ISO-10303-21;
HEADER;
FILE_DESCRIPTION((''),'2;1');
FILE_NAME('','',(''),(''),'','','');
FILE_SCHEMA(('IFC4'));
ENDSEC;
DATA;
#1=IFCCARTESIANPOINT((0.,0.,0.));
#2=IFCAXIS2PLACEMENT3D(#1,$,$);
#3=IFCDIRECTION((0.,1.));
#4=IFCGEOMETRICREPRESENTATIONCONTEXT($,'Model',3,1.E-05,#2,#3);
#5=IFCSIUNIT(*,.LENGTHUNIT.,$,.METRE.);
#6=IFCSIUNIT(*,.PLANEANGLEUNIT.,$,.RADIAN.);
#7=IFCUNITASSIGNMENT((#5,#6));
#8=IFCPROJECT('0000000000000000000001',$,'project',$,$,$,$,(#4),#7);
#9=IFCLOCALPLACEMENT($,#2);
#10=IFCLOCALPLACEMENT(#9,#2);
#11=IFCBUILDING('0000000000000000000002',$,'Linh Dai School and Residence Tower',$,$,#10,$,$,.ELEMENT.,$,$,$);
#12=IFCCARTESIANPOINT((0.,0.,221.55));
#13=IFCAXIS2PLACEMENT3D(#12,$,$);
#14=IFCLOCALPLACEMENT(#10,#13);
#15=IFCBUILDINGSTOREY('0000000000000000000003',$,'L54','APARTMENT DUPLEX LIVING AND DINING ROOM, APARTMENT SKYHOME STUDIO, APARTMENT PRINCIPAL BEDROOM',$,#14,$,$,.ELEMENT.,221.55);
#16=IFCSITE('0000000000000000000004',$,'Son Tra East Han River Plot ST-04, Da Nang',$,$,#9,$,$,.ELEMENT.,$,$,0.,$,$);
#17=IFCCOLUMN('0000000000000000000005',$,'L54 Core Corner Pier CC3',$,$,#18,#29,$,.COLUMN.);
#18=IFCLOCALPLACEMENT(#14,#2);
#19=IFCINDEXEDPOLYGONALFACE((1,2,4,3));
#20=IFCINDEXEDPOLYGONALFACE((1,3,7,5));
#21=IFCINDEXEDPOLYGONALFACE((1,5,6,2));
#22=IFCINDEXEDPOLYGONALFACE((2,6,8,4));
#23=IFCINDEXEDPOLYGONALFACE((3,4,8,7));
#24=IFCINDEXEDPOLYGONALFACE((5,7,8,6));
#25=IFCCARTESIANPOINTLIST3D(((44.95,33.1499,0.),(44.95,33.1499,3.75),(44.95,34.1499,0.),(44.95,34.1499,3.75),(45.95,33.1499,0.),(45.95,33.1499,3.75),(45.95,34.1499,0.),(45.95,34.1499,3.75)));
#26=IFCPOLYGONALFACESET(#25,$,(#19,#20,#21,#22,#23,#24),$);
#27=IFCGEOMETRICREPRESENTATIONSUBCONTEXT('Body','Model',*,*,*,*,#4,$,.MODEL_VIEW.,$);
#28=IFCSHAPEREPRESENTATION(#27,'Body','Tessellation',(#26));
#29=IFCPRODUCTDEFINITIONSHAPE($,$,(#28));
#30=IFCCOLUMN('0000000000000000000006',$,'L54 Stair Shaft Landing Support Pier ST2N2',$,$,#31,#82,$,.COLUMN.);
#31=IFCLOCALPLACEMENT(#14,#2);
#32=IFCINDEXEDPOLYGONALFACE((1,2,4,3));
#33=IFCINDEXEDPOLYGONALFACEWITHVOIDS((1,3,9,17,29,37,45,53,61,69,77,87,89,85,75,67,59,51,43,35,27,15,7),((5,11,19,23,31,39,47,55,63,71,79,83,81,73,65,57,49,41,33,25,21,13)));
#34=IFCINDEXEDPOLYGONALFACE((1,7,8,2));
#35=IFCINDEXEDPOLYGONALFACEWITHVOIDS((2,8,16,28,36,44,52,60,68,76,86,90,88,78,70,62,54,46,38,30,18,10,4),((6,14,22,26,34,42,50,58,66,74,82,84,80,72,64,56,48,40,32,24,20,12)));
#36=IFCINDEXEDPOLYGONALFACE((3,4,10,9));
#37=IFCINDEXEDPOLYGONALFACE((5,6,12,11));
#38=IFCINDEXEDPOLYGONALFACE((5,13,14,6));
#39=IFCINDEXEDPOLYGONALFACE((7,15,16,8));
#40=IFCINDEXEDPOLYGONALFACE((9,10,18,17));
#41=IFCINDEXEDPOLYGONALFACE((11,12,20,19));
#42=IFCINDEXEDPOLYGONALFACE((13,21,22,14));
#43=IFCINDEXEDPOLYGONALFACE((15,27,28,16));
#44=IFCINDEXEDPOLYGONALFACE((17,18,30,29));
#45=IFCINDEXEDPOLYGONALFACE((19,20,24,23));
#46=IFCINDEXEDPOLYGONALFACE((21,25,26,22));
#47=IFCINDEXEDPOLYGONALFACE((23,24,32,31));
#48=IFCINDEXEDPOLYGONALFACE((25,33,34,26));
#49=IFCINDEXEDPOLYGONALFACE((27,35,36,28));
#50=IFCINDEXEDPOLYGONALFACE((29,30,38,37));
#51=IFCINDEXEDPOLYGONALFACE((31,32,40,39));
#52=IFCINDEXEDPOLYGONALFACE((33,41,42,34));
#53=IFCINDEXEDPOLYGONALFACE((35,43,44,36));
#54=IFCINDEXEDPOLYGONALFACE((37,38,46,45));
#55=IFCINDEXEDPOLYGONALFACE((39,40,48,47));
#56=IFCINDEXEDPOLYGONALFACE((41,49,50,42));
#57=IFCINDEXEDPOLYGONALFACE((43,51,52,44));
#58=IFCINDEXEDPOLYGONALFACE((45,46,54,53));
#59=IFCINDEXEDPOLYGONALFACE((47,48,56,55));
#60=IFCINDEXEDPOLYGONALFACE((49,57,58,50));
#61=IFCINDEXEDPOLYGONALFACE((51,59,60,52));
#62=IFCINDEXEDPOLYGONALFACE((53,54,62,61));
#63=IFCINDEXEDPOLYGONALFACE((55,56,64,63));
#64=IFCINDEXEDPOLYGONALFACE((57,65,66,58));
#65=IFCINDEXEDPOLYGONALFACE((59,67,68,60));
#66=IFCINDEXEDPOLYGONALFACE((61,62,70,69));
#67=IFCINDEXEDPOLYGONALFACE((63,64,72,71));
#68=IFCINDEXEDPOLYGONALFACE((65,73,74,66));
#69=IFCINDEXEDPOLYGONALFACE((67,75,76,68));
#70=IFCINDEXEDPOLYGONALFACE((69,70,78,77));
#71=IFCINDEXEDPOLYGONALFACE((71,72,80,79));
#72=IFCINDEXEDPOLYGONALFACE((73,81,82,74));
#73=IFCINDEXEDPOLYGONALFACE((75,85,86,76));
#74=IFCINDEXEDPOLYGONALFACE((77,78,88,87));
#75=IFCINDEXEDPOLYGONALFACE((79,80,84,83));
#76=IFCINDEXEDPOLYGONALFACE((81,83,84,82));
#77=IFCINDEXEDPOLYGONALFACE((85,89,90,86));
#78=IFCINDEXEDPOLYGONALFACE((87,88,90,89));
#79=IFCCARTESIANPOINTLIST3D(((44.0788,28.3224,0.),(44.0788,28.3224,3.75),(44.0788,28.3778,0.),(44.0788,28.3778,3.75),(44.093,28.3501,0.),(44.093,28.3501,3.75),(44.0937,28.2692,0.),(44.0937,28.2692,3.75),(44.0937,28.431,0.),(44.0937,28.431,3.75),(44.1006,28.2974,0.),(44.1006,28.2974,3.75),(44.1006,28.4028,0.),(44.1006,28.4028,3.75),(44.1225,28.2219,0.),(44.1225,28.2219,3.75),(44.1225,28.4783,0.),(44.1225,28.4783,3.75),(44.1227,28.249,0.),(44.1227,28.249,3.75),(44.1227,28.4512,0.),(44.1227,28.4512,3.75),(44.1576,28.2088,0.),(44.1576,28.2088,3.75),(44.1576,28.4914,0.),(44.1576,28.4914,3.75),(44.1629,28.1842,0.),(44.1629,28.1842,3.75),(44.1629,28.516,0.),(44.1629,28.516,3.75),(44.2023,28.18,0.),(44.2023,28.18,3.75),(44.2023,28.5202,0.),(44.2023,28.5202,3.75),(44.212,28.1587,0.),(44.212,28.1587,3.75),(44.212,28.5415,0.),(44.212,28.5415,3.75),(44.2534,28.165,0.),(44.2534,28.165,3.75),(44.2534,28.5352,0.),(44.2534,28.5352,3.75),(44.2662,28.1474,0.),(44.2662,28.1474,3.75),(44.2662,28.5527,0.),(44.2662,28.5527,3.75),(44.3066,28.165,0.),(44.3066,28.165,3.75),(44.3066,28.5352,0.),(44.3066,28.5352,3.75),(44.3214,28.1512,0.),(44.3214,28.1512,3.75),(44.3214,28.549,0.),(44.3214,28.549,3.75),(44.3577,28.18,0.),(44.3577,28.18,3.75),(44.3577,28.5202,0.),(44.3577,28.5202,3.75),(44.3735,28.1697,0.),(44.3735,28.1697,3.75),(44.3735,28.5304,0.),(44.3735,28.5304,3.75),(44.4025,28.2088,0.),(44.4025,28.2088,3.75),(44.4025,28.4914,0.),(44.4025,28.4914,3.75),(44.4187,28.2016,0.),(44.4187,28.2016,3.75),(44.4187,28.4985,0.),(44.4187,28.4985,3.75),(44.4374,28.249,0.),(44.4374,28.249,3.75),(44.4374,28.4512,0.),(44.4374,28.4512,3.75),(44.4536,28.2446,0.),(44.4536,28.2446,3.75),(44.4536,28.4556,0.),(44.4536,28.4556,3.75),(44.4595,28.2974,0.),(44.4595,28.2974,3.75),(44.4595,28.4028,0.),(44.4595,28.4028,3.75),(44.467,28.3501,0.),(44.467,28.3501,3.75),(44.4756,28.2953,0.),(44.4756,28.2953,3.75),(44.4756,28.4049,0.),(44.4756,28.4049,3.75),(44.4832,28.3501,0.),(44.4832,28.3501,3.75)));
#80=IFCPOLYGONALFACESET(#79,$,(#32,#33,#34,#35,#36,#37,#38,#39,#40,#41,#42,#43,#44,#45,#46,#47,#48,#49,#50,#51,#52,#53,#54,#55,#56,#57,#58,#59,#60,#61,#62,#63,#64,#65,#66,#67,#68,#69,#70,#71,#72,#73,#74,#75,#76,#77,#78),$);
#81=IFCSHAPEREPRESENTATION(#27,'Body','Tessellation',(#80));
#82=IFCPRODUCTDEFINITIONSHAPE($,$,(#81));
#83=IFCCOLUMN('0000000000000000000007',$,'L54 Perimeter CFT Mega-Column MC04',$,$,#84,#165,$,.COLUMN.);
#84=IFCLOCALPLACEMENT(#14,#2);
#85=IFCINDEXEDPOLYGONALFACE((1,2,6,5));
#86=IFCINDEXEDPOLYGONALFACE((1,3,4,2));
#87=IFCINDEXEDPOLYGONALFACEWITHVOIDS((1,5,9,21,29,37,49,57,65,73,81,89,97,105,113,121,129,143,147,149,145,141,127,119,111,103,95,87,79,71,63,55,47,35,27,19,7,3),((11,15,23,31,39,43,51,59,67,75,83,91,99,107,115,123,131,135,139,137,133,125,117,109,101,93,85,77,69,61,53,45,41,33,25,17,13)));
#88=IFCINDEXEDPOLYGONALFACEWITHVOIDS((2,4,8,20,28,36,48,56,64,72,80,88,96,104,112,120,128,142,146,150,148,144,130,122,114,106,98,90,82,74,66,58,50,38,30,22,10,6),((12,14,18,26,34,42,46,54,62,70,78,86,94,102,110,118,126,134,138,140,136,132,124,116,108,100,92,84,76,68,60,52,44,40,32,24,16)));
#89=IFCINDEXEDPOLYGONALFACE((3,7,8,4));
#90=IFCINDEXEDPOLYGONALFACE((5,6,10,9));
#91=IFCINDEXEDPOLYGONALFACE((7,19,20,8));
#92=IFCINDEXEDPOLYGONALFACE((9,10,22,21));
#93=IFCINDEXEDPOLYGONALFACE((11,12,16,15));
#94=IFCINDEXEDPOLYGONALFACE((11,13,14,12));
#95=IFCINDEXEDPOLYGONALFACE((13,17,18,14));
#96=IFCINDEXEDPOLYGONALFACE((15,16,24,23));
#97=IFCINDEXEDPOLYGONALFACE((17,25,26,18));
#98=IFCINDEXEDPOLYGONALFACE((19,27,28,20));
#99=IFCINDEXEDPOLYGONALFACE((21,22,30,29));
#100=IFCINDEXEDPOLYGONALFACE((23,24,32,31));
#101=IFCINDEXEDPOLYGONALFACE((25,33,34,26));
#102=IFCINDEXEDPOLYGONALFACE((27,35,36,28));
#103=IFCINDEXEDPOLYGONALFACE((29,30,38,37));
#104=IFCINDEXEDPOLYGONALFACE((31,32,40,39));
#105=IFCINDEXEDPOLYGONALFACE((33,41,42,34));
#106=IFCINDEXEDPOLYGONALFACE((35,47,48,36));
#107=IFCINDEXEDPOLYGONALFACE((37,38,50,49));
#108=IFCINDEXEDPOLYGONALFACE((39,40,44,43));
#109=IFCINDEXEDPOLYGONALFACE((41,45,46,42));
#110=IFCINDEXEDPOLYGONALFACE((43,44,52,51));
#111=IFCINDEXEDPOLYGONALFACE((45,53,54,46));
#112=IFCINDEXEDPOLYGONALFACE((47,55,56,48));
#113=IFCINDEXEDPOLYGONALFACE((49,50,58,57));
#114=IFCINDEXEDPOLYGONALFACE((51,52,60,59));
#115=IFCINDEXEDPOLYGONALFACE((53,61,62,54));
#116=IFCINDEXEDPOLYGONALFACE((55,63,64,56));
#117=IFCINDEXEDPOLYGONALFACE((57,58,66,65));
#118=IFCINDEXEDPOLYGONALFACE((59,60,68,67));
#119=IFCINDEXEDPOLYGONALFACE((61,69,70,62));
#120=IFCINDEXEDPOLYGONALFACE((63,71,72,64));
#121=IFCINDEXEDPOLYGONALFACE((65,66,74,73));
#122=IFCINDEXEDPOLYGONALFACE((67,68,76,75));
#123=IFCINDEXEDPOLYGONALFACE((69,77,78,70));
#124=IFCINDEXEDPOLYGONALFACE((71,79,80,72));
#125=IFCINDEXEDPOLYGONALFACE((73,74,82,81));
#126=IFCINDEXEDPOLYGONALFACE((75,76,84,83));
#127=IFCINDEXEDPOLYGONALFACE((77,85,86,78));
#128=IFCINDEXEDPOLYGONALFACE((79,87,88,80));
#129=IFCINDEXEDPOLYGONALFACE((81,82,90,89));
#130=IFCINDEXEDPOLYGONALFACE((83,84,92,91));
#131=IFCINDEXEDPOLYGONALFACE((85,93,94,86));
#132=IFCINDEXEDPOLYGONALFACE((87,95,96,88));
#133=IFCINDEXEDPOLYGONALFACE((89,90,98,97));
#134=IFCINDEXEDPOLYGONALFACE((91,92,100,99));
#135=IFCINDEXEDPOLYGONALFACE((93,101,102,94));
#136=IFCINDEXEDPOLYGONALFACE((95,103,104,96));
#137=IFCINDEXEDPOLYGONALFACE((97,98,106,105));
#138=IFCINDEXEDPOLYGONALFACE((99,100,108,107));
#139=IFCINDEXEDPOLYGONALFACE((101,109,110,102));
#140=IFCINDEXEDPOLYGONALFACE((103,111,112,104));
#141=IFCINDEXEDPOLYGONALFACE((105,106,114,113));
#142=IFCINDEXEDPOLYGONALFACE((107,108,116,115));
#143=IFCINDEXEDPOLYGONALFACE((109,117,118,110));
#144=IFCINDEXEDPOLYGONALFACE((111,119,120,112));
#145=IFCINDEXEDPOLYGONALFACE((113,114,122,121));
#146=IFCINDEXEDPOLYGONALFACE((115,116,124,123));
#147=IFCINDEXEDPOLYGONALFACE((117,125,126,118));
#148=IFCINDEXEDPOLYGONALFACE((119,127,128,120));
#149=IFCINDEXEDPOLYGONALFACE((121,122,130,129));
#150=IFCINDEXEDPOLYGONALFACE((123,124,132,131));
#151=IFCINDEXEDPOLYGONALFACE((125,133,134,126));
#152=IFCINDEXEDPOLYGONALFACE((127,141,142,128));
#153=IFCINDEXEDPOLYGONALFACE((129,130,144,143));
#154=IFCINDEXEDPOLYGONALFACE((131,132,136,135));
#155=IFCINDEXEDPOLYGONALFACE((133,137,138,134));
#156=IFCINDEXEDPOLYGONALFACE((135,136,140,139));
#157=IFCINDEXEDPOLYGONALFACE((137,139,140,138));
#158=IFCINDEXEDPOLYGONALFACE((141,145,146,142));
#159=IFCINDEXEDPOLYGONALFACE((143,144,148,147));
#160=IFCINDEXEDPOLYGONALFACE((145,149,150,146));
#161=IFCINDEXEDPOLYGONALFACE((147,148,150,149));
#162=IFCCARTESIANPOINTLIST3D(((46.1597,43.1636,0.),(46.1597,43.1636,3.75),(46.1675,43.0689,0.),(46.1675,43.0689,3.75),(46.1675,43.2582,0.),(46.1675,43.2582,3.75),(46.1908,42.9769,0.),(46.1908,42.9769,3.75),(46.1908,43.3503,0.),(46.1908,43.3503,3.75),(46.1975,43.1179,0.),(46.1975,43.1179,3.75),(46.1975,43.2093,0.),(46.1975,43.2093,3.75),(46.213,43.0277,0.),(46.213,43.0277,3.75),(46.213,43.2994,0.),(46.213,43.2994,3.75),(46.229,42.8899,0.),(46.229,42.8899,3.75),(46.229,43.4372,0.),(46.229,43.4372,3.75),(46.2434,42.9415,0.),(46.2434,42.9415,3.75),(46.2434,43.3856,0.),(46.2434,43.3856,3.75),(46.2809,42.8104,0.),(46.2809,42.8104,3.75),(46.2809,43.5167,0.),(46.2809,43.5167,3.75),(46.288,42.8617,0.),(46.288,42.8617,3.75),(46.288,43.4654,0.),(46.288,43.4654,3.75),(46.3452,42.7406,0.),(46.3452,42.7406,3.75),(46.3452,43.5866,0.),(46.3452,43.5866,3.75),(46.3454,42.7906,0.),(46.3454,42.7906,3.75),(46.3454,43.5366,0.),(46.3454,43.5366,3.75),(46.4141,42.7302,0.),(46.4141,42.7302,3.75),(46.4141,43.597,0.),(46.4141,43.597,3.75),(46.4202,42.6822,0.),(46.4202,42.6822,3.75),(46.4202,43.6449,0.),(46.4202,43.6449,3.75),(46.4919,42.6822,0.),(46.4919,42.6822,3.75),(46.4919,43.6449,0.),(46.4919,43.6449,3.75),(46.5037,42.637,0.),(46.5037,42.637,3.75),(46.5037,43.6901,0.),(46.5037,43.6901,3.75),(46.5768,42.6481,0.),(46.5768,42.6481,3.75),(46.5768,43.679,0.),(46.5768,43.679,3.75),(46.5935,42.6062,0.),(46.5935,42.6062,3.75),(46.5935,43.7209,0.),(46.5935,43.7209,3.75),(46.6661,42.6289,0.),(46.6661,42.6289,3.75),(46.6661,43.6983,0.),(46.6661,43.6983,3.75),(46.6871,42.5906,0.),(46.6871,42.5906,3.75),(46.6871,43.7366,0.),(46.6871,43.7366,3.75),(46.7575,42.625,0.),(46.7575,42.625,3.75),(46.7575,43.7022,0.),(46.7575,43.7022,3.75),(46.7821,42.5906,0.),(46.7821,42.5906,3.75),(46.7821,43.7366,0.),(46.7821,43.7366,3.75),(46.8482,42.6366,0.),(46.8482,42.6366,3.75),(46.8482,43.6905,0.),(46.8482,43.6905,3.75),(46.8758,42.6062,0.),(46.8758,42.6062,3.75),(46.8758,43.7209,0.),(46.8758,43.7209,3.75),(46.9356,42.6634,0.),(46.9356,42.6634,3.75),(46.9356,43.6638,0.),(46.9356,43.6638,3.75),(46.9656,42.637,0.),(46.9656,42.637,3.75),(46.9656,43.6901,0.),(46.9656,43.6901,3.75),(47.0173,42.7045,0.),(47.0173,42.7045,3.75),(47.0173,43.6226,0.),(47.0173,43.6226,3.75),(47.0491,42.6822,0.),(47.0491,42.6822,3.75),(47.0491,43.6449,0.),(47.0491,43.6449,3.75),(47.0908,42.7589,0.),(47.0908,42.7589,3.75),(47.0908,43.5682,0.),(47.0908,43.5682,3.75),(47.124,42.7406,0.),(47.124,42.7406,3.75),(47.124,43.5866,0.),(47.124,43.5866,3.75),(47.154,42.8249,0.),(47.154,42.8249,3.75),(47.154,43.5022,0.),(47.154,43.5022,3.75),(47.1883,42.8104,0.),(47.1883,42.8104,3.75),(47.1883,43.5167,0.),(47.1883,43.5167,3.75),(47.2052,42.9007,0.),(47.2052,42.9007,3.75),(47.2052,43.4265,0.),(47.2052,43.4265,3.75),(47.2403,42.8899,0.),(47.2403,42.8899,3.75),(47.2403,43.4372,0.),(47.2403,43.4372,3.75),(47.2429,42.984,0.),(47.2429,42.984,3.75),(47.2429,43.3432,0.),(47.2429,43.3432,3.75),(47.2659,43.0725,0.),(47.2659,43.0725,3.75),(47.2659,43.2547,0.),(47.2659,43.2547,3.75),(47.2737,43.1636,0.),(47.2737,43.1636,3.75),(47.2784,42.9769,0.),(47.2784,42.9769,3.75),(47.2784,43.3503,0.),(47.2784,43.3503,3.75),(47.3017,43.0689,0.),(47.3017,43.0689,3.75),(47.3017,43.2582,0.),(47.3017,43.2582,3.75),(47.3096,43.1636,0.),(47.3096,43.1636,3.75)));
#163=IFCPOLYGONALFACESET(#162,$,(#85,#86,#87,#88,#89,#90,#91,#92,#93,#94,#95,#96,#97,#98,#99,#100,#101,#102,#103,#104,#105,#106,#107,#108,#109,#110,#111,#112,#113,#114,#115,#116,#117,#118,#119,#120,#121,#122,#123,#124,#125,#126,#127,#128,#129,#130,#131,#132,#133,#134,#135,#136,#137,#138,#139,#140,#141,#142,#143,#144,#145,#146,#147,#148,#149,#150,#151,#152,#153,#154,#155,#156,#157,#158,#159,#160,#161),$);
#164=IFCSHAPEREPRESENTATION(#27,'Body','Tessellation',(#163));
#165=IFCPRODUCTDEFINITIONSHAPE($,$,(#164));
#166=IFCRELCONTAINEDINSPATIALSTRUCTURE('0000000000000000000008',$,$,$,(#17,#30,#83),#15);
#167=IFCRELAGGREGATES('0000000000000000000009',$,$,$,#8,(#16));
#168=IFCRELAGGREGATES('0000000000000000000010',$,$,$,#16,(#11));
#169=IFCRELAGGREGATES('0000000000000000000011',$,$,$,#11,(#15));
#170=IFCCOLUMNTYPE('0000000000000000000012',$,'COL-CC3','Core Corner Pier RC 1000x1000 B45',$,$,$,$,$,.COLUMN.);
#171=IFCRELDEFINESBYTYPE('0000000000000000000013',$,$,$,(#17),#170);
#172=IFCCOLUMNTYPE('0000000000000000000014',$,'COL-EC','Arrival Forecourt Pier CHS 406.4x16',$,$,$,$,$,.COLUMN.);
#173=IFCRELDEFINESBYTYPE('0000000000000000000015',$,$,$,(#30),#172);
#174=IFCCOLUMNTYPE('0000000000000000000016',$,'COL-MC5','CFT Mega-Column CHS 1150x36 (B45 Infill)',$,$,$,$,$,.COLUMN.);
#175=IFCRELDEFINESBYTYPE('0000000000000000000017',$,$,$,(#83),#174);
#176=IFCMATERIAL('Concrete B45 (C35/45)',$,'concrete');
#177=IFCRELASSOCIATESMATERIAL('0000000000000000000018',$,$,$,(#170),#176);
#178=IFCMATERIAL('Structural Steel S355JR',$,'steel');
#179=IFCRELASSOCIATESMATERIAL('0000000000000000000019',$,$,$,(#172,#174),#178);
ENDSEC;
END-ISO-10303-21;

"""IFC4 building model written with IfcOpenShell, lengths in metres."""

from ifc_helpers import new_model, si_unit, direction, frame, origin, origin_2d, place, context, subcontext, project, spatial, rectangle, hollow_circle, extrude, material, material_profile, profile_set, type_object, element, save


model = new_model("IFC4")

# Units and contexts
model_context = context("Model", 3, precision=1e-05, world=origin(), true_north=direction((0.0, 1.0)))
body_context = subcontext(model_context, "Body", "Model", "MODEL_VIEW")
ifc_project = project(units=[si_unit("LENGTHUNIT", "METRE"), si_unit("PLANEANGLEUNIT", "RADIAN")], contexts=[model_context])

# Site, building, storey
site_placement = place(None, origin())
site = spatial("IfcSite", under=ifc_project, at=site_placement, Name="Son Tra East Han River Plot ST-04, Da Nang", CompositionType="ELEMENT", RefElevation=0.0)
building_placement = place(site_placement, origin())
building = spatial("IfcBuilding", under=site, at=building_placement, Name="Linh Dai School and Residence Tower", CompositionType="ELEMENT")
storey_placement = place(building_placement, frame((0.0, 0.0, 221.55)))
storey = spatial("IfcBuildingStorey", under=building, at=storey_placement, Name="L54", Description="APARTMENT DUPLEX LIVING AND DINING ROOM, APARTMENT SKYHOME STUDIO, APARTMENT PRINCIPAL BEDROOM", CompositionType="ELEMENT", Elevation=221.55)

# Columns
ifc_material_1 = material(Name="Concrete B45 (C35/45)", Category="concrete")
ifc_material_profile_1 = material_profile(ifc_material_1, rectangle(XDim=1.0, YDim=1.0, at=origin_2d()), Name="RC 1000x1000")
ifc_profile_set_1 = profile_set([ifc_material_profile_1], Name="Concrete B45 (C35/45)")
column_type_1 = type_object("IfcColumnType", Name="COL-CC3", Description="Core Corner Pier RC 1000x1000 B45", PredefinedType="COLUMN", material=ifc_profile_set_1)
column_1_placement = place(storey_placement, frame((45.45, 33.6499, 0.0), z_axis=(0.0, 0.0, 1.0), x_axis=(1.0, 0.0, 0.0)))
element("IfcColumn", 1, at=column_1_placement, inside=storey, type_object=column_type_1, Name="L54 Core Corner Pier CC3", PredefinedType="COLUMN", context=body_context, shape_type="SweptSolid", body=[
    extrude(rectangle(XDim=1.0, YDim=1.0, at=origin_2d()), origin(), (0.0, 0.0, 1.0), 3.75),
])
ifc_material_2 = material(Name="Structural Steel S355JR", Category="steel")
ifc_material_profile_2 = material_profile(ifc_material_2, hollow_circle(Radius=0.2031, WallThickness=0.0161, at=origin_2d()), Name="CHS 406.4x16")
ifc_profile_set_2 = profile_set([ifc_material_profile_2], Name="Structural Steel S355JR")
column_type_2 = type_object("IfcColumnType", Name="COL-EC", Description="Arrival Forecourt Pier CHS 406.4x16", PredefinedType="COLUMN", material=ifc_profile_set_2)
column_2_placement = place(storey_placement, frame((44.28, 28.3501, 0.0), z_axis=(0.0, 0.0, 1.0), x_axis=(1.0, 0.0, 0.0)))
element("IfcColumn", 2, at=column_2_placement, inside=storey, type_object=column_type_2, Name="L54 Stair Shaft Landing Support Pier ST2N2", PredefinedType="COLUMN", context=body_context, shape_type="SweptSolid", body=[
    extrude(hollow_circle(Radius=0.2031, WallThickness=0.0161, at=origin_2d()), origin(), (0.0, 0.0, 1.0), 3.75),
])
ifc_material_profile_3 = material_profile(ifc_material_2, hollow_circle(Radius=0.575, WallThickness=0.0359, at=origin_2d()), Name="CHS 1150x36")
ifc_profile_set_3 = profile_set([ifc_material_profile_3], Name="Structural Steel S355JR")
column_type_3 = type_object("IfcColumnType", Name="COL-MC5", Description="CFT Mega-Column CHS 1150x36 (B45 Infill)", PredefinedType="COLUMN", material=ifc_profile_set_3)
column_3_placement = place(storey_placement, frame((46.7346, 43.1636, 0.0), z_axis=(0.0, 0.0, 1.0), x_axis=(1.0, 0.0, 0.0)))
element("IfcColumn", 3, at=column_3_placement, inside=storey, type_object=column_type_3, Name="L54 Perimeter CFT Mega-Column MC04", PredefinedType="COLUMN", context=body_context, shape_type="SweptSolid", body=[
    extrude(hollow_circle(Radius=0.575, WallThickness=0.0359, at=origin_2d()), origin(), (0.0, 0.0, 1.0), 3.75),
])

save(model, "model.ifc")
